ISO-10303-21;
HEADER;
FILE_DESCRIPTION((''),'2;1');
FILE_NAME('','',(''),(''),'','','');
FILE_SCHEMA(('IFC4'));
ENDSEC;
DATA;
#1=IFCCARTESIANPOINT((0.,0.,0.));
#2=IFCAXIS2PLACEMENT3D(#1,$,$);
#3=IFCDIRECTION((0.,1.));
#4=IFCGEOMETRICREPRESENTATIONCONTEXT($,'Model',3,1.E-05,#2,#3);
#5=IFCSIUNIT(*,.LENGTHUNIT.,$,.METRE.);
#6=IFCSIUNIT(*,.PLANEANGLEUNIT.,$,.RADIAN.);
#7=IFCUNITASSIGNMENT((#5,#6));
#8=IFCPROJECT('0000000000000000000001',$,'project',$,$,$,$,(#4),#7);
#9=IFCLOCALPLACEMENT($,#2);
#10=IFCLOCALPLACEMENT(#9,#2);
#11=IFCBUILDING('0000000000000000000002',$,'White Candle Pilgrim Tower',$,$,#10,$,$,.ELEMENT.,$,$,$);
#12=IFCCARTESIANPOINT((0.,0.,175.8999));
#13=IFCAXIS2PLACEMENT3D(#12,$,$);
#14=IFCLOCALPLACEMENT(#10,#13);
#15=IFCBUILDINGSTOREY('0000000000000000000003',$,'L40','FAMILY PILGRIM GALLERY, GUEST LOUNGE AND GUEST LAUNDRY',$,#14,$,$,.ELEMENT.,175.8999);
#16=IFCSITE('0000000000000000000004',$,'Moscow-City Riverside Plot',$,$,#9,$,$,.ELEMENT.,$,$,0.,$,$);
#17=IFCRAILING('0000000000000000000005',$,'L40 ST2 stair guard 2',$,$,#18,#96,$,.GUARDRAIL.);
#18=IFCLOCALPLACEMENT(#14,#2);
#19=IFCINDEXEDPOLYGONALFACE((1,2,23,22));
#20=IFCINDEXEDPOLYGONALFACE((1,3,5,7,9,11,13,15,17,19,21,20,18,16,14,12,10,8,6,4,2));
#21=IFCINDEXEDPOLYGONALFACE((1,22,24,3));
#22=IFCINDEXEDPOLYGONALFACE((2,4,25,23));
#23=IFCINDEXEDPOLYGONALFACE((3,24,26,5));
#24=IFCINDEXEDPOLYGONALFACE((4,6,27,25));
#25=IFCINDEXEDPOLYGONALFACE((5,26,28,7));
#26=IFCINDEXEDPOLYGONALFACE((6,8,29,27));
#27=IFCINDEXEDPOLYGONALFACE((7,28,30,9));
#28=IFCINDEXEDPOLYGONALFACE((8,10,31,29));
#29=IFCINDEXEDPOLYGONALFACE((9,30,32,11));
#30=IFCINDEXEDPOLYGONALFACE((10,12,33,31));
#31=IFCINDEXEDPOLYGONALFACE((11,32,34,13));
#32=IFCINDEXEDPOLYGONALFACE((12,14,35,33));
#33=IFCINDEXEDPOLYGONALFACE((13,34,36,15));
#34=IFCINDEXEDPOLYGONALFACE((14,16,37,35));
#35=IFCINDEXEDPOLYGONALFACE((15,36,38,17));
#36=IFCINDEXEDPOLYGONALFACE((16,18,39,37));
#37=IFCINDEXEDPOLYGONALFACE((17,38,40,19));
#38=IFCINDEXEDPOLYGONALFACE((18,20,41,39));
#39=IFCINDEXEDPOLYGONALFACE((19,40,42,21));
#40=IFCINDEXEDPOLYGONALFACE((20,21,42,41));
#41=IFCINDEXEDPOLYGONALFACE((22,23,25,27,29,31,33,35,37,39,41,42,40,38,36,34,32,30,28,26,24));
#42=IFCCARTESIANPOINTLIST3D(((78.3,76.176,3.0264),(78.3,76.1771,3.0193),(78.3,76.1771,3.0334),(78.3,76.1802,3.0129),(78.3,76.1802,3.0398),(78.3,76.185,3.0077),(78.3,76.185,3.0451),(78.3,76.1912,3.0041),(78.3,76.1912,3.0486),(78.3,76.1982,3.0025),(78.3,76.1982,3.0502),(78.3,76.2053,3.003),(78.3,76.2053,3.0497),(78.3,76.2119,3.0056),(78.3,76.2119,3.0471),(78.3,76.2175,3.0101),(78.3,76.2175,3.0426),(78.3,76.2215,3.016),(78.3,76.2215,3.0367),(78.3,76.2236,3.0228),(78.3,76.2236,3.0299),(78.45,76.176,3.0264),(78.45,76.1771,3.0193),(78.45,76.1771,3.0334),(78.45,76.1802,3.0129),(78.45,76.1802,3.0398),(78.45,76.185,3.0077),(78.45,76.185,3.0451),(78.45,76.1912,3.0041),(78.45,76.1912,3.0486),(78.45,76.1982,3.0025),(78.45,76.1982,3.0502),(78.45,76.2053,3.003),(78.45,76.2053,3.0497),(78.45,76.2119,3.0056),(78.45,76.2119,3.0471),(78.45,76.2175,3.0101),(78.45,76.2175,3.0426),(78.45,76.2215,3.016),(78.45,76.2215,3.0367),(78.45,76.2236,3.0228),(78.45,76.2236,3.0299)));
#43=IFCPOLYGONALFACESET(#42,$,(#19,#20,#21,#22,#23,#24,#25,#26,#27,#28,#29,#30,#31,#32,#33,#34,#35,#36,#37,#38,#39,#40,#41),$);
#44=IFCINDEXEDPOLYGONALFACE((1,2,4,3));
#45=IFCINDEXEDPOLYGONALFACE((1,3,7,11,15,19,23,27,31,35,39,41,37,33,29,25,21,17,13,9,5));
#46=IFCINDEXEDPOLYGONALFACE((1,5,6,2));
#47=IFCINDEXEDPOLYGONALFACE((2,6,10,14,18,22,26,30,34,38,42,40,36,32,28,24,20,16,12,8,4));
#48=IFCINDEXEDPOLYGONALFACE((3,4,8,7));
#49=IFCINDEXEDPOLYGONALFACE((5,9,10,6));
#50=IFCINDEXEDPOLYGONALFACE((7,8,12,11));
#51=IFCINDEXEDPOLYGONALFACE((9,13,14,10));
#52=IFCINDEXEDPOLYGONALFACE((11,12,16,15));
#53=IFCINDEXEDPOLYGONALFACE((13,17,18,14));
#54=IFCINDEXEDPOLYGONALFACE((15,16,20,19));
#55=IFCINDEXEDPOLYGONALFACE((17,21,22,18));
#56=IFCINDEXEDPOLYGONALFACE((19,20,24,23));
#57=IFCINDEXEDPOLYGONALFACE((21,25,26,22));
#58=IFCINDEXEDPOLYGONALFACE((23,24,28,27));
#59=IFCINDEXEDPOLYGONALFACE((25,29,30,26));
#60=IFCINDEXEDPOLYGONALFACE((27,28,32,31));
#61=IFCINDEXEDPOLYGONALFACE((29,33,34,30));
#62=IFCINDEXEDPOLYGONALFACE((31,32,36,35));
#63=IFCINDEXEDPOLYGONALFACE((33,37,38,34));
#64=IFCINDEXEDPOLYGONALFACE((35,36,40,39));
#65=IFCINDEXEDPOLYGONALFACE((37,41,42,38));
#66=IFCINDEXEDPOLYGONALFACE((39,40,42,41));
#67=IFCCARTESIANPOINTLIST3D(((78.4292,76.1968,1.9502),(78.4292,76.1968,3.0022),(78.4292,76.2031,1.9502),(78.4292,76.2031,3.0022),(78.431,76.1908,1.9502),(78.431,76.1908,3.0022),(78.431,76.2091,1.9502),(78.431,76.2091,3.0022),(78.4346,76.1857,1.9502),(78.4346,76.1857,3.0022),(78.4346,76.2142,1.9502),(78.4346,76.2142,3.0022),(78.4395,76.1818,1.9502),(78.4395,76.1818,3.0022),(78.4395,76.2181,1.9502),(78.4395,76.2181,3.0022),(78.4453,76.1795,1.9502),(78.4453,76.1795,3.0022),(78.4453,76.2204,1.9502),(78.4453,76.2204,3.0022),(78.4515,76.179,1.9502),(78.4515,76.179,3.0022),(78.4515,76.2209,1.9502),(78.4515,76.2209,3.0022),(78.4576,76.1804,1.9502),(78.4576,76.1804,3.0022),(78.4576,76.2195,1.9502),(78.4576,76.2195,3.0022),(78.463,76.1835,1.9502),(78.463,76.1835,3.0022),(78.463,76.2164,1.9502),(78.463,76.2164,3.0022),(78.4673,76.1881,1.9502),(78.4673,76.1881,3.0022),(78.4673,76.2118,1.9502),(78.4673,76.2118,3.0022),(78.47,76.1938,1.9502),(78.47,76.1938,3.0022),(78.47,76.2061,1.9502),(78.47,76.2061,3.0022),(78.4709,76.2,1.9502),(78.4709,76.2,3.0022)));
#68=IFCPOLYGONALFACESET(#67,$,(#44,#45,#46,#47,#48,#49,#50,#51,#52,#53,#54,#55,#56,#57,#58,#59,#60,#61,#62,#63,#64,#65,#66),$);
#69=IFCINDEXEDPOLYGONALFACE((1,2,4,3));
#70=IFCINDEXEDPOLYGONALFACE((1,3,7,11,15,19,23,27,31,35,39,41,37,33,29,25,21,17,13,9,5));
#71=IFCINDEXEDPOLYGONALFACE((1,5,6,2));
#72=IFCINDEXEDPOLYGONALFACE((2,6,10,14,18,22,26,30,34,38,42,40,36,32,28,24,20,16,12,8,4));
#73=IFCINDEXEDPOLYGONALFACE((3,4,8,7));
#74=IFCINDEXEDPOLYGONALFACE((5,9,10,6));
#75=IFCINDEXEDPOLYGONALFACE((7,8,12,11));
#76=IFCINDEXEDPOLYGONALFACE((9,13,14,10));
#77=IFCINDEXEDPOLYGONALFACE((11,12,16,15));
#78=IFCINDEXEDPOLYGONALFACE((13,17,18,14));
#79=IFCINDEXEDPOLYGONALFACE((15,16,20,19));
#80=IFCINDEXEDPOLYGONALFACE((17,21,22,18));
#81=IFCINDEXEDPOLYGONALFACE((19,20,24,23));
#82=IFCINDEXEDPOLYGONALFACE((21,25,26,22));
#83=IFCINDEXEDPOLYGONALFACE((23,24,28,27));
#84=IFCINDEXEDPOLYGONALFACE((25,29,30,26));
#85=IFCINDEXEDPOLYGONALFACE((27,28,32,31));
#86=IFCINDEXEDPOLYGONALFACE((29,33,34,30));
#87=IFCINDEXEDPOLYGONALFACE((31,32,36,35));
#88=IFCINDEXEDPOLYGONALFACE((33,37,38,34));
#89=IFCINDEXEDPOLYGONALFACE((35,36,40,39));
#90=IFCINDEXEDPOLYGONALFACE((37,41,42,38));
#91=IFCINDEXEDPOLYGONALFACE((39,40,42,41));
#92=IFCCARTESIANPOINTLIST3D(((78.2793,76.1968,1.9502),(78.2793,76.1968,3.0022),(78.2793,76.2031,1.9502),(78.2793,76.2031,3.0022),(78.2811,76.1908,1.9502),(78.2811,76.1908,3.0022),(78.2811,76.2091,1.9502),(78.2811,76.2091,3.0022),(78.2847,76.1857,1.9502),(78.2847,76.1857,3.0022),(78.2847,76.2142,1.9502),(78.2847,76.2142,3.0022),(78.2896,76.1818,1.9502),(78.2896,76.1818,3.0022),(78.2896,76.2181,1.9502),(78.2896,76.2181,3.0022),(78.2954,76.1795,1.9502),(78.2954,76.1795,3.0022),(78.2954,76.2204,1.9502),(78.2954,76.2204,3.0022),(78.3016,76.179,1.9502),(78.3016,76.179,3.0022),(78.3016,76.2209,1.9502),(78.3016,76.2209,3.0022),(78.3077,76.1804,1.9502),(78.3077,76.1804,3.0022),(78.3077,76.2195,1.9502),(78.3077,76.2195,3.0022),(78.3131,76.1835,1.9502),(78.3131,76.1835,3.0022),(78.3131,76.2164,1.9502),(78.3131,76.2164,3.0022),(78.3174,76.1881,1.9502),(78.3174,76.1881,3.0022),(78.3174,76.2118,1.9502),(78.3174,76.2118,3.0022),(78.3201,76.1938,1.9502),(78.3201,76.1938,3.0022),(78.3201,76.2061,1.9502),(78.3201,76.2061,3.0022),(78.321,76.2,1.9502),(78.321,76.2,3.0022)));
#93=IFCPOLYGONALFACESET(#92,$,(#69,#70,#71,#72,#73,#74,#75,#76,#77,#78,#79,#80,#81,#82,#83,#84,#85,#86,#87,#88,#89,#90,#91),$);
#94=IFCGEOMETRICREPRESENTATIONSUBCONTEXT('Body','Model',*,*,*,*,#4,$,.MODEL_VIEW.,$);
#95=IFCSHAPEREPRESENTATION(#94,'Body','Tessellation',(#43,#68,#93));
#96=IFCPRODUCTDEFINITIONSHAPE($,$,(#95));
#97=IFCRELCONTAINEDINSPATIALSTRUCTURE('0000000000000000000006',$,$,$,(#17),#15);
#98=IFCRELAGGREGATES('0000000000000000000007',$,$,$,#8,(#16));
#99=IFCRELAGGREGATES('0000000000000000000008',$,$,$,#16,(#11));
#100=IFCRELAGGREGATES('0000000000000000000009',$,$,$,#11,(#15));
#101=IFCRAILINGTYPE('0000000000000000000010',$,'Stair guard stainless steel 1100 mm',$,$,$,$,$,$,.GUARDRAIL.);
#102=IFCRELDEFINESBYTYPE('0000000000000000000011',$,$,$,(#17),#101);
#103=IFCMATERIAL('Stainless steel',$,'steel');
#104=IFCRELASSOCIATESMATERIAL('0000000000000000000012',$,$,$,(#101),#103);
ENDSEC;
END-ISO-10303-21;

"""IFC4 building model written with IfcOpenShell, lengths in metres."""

from ifc_helpers import new_model, si_unit, direction, frame, origin, origin_2d, place, context, subcontext, project, spatial, circle, extrude, material, type_object, element, save


model = new_model("IFC4")

# Units and contexts
model_context = context("Model", 3, precision=1e-05, world=origin(), true_north=direction((0.0, 1.0)))
body_context = subcontext(model_context, "Body", "Model", "MODEL_VIEW")
ifc_project = project(units=[si_unit("LENGTHUNIT", "METRE"), si_unit("PLANEANGLEUNIT", "RADIAN")], contexts=[model_context])

# Site, building, storey
site_placement = place(None, origin())
site = spatial("IfcSite", under=ifc_project, at=site_placement, Name="Moscow-City Riverside Plot", CompositionType="ELEMENT", RefElevation=0.0)
building_placement = place(site_placement, origin())
building = spatial("IfcBuilding", under=site, at=building_placement, Name="White Candle Pilgrim Tower", CompositionType="ELEMENT")
storey_placement = place(building_placement, frame((0.0, 0.0, 175.8999)))
storey = spatial("IfcBuildingStorey", under=building, at=storey_placement, Name="L40", Description="FAMILY PILGRIM GALLERY, GUEST LOUNGE AND GUEST LAUNDRY", CompositionType="ELEMENT", Elevation=175.8999)

# Railing
ifc_material_1 = material(Name="Stainless steel", Category="steel")
railing_type_1 = type_object("IfcRailingType", Name="Stair guard stainless steel 1100 mm", PredefinedType="GUARDRAIL", material=ifc_material_1)
railing_1_placement = place(storey_placement, frame((78.45, 76.2, 1.9502)))
element("IfcRailing", 1, at=railing_1_placement, inside=storey, type_object=railing_type_1, Name="L40 ST2 stair guard 2", PredefinedType="GUARDRAIL", context=body_context, shape_type="SweptSolid", body=[
    extrude(circle(Radius=0.0239, at=origin_2d()), frame((0.0, 0.0, 1.0762), z_axis=(-1.0, 0.0, 0.0), x_axis=(0.0, -1.0, 0.0)), (0.0, 0.0, 1.0), 0.1499),
    extrude(circle(Radius=0.021, at=origin_2d()), origin(), (0.0, 0.0, 1.0), 1.052),
    extrude(circle(Radius=0.021, at=origin_2d()), frame((-0.1499, 0.0, 0.0)), (0.0, 0.0, 1.0), 1.052),
])

save(model, "model.ifc")
